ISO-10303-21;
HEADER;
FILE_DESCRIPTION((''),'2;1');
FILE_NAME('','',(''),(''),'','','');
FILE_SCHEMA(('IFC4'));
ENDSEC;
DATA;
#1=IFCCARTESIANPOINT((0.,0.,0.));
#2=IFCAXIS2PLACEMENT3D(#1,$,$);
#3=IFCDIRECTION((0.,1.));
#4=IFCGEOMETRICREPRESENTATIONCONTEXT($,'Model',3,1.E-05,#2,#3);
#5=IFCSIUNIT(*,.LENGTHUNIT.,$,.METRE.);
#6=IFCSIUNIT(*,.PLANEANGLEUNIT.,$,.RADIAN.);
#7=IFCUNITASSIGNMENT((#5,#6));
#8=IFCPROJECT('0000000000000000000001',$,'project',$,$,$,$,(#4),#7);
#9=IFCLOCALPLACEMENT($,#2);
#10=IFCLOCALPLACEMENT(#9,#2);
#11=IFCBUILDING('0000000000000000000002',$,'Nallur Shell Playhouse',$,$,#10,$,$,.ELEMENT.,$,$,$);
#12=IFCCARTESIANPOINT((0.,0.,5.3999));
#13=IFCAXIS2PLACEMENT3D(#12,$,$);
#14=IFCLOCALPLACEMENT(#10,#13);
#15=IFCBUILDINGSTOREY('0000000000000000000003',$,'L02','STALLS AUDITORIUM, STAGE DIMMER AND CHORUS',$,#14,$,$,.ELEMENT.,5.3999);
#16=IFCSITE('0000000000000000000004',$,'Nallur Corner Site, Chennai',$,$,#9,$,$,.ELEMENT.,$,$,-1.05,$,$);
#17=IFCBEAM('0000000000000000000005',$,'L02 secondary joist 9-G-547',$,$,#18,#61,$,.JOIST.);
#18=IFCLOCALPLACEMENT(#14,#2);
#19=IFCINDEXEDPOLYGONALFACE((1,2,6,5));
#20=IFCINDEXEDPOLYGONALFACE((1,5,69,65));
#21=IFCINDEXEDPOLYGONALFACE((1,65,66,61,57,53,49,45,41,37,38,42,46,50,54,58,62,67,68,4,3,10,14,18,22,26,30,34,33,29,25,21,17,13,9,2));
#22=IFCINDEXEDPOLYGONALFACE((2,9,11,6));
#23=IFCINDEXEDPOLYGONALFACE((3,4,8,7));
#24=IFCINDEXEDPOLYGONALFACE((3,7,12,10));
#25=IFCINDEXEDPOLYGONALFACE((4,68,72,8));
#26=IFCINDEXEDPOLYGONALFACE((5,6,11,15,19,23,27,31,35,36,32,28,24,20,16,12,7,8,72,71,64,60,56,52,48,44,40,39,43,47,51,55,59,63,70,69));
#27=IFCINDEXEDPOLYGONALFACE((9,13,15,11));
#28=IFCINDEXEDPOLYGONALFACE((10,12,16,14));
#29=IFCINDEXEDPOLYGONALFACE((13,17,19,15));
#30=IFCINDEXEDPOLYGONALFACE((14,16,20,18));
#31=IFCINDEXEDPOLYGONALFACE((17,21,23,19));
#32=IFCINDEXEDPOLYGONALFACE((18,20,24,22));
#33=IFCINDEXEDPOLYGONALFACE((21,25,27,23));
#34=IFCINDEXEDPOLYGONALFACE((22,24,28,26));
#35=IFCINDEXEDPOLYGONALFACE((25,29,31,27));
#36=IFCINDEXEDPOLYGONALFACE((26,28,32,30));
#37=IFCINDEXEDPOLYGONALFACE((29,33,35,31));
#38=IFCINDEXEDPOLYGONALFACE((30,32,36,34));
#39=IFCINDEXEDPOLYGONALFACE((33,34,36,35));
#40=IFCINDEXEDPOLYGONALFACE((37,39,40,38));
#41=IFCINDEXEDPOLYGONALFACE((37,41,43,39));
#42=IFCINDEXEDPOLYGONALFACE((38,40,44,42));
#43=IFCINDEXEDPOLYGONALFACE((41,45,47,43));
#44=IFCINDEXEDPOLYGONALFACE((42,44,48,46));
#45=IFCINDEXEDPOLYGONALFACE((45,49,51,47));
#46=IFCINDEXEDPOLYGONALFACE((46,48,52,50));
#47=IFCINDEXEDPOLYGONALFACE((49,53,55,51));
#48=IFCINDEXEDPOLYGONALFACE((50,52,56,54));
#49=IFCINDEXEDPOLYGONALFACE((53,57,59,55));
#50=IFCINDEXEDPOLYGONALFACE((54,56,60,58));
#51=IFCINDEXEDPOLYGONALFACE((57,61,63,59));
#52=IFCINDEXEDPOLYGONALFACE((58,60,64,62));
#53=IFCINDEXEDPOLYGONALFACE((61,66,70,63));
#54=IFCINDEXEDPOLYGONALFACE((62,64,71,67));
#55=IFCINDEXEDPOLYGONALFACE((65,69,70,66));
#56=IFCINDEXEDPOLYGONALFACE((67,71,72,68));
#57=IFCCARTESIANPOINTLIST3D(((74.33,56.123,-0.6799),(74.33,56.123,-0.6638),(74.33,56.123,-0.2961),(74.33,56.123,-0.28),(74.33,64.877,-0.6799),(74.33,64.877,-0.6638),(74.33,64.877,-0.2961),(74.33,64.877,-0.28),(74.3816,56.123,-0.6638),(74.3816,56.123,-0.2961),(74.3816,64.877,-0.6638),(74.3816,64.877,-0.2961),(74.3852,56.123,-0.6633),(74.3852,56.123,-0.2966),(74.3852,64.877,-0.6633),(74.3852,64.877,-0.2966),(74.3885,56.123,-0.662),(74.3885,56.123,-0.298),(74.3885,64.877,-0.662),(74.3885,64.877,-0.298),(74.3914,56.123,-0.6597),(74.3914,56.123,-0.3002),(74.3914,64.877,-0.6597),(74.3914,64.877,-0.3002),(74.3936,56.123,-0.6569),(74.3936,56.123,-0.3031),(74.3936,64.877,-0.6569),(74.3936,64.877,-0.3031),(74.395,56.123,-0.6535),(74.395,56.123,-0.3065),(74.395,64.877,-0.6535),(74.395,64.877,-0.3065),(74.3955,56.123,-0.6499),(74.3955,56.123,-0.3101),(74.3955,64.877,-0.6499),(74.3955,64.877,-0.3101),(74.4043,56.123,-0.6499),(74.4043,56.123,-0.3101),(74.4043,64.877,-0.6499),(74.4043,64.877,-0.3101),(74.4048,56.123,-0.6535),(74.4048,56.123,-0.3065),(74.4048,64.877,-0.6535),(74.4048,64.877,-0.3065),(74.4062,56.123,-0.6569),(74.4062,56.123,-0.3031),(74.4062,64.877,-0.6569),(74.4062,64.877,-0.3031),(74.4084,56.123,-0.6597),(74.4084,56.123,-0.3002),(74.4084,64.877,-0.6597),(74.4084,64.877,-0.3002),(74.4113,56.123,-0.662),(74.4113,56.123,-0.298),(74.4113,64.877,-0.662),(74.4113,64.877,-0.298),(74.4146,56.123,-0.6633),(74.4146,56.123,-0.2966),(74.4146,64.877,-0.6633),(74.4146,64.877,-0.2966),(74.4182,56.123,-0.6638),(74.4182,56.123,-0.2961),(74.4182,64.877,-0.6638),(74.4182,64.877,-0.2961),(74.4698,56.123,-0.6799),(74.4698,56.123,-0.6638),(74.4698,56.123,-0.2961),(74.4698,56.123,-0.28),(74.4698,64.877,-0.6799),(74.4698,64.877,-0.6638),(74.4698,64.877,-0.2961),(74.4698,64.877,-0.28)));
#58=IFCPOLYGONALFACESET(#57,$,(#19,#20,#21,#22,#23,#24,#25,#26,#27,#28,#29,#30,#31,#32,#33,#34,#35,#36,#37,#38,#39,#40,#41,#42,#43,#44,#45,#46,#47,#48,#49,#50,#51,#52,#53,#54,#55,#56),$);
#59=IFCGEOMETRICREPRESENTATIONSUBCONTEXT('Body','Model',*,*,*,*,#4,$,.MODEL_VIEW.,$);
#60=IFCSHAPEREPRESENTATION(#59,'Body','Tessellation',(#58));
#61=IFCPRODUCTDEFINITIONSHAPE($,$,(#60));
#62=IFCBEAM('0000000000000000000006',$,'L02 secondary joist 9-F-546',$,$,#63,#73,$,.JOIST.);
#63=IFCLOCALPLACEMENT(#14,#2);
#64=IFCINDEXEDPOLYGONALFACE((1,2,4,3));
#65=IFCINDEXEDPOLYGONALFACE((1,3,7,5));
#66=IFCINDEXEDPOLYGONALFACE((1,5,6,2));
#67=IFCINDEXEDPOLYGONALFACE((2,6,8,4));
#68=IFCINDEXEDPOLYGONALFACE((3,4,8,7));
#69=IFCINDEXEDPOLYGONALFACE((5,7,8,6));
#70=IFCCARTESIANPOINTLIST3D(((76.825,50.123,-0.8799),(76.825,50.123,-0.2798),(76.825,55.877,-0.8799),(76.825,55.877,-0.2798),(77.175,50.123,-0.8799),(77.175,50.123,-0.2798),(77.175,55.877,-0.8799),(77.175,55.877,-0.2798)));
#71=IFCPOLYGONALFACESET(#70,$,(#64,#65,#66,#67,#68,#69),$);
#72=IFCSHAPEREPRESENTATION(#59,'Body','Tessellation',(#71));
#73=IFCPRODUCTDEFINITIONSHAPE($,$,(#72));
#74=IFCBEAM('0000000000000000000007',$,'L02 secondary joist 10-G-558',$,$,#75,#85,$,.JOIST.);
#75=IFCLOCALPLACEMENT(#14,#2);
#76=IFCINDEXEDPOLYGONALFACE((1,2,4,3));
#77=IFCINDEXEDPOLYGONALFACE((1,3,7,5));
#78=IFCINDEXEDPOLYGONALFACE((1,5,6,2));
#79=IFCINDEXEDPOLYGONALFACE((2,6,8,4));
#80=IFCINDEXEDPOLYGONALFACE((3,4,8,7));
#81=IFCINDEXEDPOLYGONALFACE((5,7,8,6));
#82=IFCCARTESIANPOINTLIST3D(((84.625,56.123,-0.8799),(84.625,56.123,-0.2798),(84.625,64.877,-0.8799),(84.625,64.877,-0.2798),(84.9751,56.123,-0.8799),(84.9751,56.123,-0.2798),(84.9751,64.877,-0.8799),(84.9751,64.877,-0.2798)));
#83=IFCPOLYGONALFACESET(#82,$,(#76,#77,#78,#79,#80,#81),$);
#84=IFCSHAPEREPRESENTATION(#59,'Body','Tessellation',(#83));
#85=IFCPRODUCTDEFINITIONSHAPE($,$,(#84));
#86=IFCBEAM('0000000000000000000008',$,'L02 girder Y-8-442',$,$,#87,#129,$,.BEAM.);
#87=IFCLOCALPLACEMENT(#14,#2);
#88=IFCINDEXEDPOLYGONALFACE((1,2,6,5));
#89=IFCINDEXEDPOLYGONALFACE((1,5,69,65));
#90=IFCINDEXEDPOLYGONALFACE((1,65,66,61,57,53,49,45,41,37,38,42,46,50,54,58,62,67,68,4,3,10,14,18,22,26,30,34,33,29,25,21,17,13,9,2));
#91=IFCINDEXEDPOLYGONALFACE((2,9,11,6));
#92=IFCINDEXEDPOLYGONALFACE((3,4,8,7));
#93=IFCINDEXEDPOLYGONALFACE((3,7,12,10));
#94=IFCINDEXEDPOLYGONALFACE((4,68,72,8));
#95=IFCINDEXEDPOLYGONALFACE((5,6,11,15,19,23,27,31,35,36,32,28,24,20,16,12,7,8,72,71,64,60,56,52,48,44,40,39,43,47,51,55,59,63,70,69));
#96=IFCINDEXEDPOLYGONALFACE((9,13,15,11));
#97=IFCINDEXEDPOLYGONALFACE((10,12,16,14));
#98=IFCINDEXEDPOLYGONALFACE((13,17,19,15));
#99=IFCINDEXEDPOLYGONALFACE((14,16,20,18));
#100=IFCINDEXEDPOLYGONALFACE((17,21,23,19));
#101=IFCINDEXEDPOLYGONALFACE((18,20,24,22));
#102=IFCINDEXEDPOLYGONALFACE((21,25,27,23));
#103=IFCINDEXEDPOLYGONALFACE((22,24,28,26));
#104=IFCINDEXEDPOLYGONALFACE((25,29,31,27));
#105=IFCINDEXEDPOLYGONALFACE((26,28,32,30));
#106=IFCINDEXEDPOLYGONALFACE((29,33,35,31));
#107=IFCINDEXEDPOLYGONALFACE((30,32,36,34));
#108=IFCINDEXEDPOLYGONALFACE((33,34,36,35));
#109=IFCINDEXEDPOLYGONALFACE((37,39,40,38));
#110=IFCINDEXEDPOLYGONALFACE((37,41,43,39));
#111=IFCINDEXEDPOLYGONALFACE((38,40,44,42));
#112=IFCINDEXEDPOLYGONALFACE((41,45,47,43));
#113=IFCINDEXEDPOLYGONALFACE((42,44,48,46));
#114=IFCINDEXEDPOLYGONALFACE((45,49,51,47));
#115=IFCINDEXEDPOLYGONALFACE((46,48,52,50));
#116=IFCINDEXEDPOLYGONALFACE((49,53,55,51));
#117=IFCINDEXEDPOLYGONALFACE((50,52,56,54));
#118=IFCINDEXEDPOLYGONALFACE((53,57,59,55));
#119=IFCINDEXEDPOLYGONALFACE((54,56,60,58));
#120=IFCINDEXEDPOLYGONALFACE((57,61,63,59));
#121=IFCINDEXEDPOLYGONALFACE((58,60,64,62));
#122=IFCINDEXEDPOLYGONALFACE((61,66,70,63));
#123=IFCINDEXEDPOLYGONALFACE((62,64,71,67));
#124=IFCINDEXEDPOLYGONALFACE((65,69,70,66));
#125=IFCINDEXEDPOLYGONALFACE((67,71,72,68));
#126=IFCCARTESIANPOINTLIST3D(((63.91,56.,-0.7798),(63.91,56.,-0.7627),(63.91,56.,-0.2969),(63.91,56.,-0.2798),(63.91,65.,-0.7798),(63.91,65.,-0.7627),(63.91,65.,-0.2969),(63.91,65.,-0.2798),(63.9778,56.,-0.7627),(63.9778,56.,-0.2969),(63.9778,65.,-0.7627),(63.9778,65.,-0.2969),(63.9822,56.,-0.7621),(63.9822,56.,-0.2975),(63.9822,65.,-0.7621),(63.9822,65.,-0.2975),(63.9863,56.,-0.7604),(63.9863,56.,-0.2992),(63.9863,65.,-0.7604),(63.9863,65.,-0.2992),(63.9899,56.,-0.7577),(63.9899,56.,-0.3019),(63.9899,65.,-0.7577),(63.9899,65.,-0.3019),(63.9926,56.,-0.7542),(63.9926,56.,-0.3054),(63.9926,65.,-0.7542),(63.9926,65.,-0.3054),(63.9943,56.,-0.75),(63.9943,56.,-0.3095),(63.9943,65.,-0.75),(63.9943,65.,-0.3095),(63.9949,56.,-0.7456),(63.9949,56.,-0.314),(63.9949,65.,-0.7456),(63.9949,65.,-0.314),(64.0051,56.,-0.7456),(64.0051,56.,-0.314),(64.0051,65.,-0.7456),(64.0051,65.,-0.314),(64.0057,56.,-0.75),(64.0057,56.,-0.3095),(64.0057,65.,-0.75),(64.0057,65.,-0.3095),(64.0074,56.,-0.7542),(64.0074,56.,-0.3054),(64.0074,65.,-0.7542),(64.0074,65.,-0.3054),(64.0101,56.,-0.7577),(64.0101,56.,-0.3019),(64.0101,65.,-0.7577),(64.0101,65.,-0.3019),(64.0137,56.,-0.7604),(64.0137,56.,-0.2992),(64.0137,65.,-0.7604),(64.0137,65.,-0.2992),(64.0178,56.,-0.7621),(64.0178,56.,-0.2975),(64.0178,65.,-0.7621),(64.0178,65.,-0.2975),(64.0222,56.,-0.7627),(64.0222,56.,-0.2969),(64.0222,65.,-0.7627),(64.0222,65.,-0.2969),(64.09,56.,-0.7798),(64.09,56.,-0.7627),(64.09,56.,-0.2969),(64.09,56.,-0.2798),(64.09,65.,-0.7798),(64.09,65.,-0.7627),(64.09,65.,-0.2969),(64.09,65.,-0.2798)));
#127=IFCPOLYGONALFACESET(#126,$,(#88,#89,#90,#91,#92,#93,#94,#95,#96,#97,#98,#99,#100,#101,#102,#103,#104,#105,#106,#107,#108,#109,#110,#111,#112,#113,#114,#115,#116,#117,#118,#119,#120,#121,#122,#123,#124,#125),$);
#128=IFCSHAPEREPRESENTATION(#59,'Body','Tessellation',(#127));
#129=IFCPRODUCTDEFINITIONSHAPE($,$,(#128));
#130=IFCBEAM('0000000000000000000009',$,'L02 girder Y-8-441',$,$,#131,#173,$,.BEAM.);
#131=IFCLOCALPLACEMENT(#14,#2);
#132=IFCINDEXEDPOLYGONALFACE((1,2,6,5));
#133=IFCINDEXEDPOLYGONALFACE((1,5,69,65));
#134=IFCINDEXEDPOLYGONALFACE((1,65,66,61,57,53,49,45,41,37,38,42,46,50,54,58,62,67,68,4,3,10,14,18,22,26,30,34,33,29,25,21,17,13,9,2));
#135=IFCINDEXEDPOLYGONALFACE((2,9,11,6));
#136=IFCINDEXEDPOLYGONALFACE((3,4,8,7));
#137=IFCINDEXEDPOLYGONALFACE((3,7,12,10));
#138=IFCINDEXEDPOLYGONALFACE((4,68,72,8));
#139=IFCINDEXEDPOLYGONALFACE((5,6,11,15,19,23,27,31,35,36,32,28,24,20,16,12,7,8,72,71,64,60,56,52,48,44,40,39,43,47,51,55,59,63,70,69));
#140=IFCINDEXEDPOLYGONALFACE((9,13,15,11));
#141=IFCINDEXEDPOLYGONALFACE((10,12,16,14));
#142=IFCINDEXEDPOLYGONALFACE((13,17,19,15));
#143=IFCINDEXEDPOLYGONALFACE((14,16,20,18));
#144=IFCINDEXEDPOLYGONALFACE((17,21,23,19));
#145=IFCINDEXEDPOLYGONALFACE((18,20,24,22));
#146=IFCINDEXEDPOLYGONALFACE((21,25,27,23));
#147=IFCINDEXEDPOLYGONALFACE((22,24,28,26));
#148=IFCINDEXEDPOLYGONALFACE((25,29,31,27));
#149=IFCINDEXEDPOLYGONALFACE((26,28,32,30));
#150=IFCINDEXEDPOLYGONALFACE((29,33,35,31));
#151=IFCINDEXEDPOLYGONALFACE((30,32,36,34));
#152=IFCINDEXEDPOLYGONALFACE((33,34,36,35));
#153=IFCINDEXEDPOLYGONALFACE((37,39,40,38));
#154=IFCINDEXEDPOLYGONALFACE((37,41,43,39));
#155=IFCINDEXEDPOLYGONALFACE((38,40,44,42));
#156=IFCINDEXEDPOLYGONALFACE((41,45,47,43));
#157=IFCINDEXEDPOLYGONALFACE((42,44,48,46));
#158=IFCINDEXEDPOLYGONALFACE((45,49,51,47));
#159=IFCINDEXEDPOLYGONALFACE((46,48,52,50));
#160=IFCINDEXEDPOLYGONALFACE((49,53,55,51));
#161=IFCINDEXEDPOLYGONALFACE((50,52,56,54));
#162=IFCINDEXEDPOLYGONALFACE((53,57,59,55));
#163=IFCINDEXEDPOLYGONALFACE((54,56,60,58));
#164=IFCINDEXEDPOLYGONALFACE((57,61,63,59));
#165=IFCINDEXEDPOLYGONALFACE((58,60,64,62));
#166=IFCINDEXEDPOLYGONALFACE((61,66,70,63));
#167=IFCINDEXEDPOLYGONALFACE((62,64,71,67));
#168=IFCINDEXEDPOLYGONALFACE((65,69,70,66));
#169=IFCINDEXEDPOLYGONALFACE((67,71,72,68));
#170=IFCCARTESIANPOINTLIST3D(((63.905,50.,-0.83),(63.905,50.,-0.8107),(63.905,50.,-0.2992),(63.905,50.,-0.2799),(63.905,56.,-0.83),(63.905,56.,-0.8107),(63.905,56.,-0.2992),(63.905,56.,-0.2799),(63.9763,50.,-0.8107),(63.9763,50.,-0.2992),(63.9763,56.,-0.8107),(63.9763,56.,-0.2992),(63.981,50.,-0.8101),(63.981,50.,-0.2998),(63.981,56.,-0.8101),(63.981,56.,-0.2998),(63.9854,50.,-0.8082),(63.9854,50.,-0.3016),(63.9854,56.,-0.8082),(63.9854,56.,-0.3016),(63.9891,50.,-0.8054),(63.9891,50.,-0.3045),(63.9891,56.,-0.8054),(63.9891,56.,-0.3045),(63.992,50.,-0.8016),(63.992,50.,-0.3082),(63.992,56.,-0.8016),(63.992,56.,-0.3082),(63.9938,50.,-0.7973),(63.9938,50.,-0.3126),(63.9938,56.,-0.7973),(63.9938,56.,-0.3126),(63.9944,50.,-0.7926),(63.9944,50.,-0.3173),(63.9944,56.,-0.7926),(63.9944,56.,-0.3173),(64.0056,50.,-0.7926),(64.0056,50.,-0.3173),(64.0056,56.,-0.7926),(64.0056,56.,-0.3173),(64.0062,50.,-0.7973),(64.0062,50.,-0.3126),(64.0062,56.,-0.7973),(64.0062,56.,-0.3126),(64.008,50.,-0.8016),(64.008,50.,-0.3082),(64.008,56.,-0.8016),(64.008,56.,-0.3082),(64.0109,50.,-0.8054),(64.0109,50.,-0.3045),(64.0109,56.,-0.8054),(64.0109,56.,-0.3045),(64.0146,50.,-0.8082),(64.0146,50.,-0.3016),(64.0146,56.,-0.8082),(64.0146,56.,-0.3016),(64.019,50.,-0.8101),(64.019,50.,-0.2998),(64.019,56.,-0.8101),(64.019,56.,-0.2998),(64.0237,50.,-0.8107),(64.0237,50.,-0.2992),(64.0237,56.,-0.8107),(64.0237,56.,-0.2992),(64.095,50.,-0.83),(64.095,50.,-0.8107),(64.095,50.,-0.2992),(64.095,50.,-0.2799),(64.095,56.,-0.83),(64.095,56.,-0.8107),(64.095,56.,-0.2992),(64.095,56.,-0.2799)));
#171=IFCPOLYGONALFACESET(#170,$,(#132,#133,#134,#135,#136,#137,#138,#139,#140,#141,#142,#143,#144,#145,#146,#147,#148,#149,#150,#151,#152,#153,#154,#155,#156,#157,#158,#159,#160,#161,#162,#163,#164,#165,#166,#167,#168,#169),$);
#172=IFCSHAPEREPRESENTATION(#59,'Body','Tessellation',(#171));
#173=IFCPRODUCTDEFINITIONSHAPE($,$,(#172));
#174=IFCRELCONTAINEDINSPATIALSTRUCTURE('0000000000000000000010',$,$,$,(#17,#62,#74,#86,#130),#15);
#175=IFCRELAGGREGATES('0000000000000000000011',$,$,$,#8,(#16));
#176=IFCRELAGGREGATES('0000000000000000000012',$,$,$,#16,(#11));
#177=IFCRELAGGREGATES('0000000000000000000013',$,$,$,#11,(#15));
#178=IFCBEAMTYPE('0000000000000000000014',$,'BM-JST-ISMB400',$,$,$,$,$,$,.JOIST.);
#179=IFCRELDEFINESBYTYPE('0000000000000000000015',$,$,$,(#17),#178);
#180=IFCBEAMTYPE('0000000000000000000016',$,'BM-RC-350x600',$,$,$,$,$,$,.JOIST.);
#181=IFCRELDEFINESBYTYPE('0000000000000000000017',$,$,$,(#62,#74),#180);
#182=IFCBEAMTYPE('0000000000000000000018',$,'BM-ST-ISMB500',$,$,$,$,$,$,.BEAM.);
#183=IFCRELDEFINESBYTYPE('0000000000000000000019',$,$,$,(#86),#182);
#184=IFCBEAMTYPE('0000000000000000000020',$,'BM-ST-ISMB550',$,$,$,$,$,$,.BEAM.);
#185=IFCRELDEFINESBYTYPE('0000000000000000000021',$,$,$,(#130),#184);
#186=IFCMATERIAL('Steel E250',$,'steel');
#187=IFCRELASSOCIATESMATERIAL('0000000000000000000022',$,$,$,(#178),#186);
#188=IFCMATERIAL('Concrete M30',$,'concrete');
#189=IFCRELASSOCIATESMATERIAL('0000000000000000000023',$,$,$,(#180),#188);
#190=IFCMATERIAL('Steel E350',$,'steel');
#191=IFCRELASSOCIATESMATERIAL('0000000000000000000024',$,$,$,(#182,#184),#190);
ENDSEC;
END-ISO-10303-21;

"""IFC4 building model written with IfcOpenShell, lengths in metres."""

from ifc_helpers import new_model, si_unit, direction, frame, origin, origin_2d, place, context, subcontext, project, spatial, rectangle, i_section, extrude, material, material_profile, profile_set, type_object, element, save


model = new_model("IFC4")

# Units and contexts
model_context = context("Model", 3, precision=1e-05, world=origin(), true_north=direction((0.0, 1.0)))
body_context = subcontext(model_context, "Body", "Model", "MODEL_VIEW")
ifc_project = project(units=[si_unit("LENGTHUNIT", "METRE"), si_unit("PLANEANGLEUNIT", "RADIAN")], contexts=[model_context])

# Site, building, storey
site_placement = place(None, origin())
site = spatial("IfcSite", under=ifc_project, at=site_placement, Name="Nallur Corner Site, Chennai", CompositionType="ELEMENT", RefElevation=-1.05)
building_placement = place(site_placement, origin())
building = spatial("IfcBuilding", under=site, at=building_placement, Name="Nallur Shell Playhouse", CompositionType="ELEMENT")
storey_placement = place(building_placement, frame((0.0, 0.0, 5.3999)))
storey = spatial("IfcBuildingStorey", under=building, at=storey_placement, Name="L02", Description="STALLS AUDITORIUM, STAGE DIMMER AND CHORUS", CompositionType="ELEMENT", Elevation=5.3999)

# Shared definitions
ifc_material_1 = material(Name="Steel E350", Category="steel")

# Beams
ifc_material_2 = material(Name="Steel E250", Category="steel")
ifc_material_profile_1 = material_profile(ifc_material_2, i_section(OverallWidth=0.1399, OverallDepth=0.3999, WebThickness=0.0088, FlangeThickness=0.0161, FilletRadius=0.0139, at=origin_2d()), Name="ISMB 400")
ifc_profile_set_1 = profile_set([ifc_material_profile_1], Name="Steel E250")
beam_type_1 = type_object("IfcBeamType", Name="BM-JST-ISMB400", PredefinedType="JOIST", material=ifc_profile_set_1)
beam_1_placement = place(storey_placement, frame((74.3999, 56.123, -0.48), z_axis=(0.0, 1.0, 0.0), x_axis=(-1.0, 0.0, 0.0)))
element("IfcBeam", 1, at=beam_1_placement, inside=storey, type_object=beam_type_1, Name="L02 secondary joist 9-G-547", PredefinedType="JOIST", context=body_context, shape_type="SweptSolid", body=[
    extrude(i_section(OverallWidth=0.1399, OverallDepth=0.3999, WebThickness=0.0088, FlangeThickness=0.0161, FilletRadius=0.0139, at=origin_2d()), origin(), (0.0, 0.0, 1.0), 8.7539),
])
ifc_material_3 = material(Name="Concrete M30", Category="concrete")
ifc_material_profile_2 = material_profile(ifc_material_3, rectangle(XDim=0.3501, YDim=0.6001, at=origin_2d()), Name="RC 350x600")
ifc_profile_set_2 = profile_set([ifc_material_profile_2], Name="Concrete M30")
beam_type_2 = type_object("IfcBeamType", Name="BM-RC-350x600", PredefinedType="JOIST", material=ifc_profile_set_2)
beam_2_placement = place(storey_placement, frame((77.0, 50.123, -0.5798), z_axis=(0.0, 1.0, 0.0), x_axis=(-1.0, 0.0, 0.0)))
element("IfcBeam", 2, at=beam_2_placement, inside=storey, type_object=beam_type_2, Name="L02 secondary joist 9-F-546", PredefinedType="JOIST", context=body_context, shape_type="SweptSolid", body=[
    extrude(rectangle(XDim=0.3501, YDim=0.6001, at=origin_2d()), origin(), (0.0, 0.0, 1.0), 5.7539),
])
beam_3_placement = place(storey_placement, frame((84.8, 56.123, -0.5798), z_axis=(0.0, 1.0, 0.0), x_axis=(-1.0, 0.0, 0.0)))
element("IfcBeam", 3, at=beam_3_placement, inside=storey, type_object=beam_type_2, Name="L02 secondary joist 10-G-558", PredefinedType="JOIST", context=body_context, shape_type="SweptSolid", body=[
    extrude(rectangle(XDim=0.3501, YDim=0.6001, at=origin_2d()), origin(), (0.0, 0.0, 1.0), 8.7539),
])
ifc_material_profile_3 = material_profile(ifc_material_1, i_section(OverallWidth=0.1799, OverallDepth=0.5, WebThickness=0.0103, FlangeThickness=0.0171, FilletRadius=0.0171, at=origin_2d()), Name="ISMB 500")
ifc_profile_set_3 = profile_set([ifc_material_profile_3], Name="Steel E350")
beam_type_3 = type_object("IfcBeamType", Name="BM-ST-ISMB500", PredefinedType="BEAM", material=ifc_profile_set_3)
beam_4_placement = place(storey_placement, frame((64.0, 56.0, -0.5298), z_axis=(0.0, 1.0, 0.0), x_axis=(-1.0, 0.0, 0.0)))
element("IfcBeam", 4, at=beam_4_placement, inside=storey, type_object=beam_type_3, Name="L02 girder Y-8-442", PredefinedType="BEAM", context=body_context, shape_type="SweptSolid", body=[
    extrude(i_section(OverallWidth=0.1799, OverallDepth=0.5, WebThickness=0.0103, FlangeThickness=0.0171, FilletRadius=0.0171, at=origin_2d()), origin(), (0.0, 0.0, 1.0), 9.0),
])
ifc_material_profile_4 = material_profile(ifc_material_1, i_section(OverallWidth=0.1899, OverallDepth=0.55, WebThickness=0.0112, FlangeThickness=0.0193, FilletRadius=0.0181, at=origin_2d()), Name="ISMB 550")
ifc_profile_set_4 = profile_set([ifc_material_profile_4], Name="Steel E350")
beam_type_4 = type_object("IfcBeamType", Name="BM-ST-ISMB550", PredefinedType="BEAM", material=ifc_profile_set_4)
beam_5_placement = place(storey_placement, frame((64.0, 50.0, -0.5549), z_axis=(0.0, 1.0, 0.0), x_axis=(-1.0, 0.0, 0.0)))
element("IfcBeam", 5, at=beam_5_placement, inside=storey, type_object=beam_type_4, Name="L02 girder Y-8-441", PredefinedType="BEAM", context=body_context, shape_type="SweptSolid", body=[
    extrude(i_section(OverallWidth=0.1899, OverallDepth=0.55, WebThickness=0.0112, FlangeThickness=0.0193, FilletRadius=0.0181, at=origin_2d()), origin(), (0.0, 0.0, 1.0), 6.0),
])

save(model, "model.ifc")
